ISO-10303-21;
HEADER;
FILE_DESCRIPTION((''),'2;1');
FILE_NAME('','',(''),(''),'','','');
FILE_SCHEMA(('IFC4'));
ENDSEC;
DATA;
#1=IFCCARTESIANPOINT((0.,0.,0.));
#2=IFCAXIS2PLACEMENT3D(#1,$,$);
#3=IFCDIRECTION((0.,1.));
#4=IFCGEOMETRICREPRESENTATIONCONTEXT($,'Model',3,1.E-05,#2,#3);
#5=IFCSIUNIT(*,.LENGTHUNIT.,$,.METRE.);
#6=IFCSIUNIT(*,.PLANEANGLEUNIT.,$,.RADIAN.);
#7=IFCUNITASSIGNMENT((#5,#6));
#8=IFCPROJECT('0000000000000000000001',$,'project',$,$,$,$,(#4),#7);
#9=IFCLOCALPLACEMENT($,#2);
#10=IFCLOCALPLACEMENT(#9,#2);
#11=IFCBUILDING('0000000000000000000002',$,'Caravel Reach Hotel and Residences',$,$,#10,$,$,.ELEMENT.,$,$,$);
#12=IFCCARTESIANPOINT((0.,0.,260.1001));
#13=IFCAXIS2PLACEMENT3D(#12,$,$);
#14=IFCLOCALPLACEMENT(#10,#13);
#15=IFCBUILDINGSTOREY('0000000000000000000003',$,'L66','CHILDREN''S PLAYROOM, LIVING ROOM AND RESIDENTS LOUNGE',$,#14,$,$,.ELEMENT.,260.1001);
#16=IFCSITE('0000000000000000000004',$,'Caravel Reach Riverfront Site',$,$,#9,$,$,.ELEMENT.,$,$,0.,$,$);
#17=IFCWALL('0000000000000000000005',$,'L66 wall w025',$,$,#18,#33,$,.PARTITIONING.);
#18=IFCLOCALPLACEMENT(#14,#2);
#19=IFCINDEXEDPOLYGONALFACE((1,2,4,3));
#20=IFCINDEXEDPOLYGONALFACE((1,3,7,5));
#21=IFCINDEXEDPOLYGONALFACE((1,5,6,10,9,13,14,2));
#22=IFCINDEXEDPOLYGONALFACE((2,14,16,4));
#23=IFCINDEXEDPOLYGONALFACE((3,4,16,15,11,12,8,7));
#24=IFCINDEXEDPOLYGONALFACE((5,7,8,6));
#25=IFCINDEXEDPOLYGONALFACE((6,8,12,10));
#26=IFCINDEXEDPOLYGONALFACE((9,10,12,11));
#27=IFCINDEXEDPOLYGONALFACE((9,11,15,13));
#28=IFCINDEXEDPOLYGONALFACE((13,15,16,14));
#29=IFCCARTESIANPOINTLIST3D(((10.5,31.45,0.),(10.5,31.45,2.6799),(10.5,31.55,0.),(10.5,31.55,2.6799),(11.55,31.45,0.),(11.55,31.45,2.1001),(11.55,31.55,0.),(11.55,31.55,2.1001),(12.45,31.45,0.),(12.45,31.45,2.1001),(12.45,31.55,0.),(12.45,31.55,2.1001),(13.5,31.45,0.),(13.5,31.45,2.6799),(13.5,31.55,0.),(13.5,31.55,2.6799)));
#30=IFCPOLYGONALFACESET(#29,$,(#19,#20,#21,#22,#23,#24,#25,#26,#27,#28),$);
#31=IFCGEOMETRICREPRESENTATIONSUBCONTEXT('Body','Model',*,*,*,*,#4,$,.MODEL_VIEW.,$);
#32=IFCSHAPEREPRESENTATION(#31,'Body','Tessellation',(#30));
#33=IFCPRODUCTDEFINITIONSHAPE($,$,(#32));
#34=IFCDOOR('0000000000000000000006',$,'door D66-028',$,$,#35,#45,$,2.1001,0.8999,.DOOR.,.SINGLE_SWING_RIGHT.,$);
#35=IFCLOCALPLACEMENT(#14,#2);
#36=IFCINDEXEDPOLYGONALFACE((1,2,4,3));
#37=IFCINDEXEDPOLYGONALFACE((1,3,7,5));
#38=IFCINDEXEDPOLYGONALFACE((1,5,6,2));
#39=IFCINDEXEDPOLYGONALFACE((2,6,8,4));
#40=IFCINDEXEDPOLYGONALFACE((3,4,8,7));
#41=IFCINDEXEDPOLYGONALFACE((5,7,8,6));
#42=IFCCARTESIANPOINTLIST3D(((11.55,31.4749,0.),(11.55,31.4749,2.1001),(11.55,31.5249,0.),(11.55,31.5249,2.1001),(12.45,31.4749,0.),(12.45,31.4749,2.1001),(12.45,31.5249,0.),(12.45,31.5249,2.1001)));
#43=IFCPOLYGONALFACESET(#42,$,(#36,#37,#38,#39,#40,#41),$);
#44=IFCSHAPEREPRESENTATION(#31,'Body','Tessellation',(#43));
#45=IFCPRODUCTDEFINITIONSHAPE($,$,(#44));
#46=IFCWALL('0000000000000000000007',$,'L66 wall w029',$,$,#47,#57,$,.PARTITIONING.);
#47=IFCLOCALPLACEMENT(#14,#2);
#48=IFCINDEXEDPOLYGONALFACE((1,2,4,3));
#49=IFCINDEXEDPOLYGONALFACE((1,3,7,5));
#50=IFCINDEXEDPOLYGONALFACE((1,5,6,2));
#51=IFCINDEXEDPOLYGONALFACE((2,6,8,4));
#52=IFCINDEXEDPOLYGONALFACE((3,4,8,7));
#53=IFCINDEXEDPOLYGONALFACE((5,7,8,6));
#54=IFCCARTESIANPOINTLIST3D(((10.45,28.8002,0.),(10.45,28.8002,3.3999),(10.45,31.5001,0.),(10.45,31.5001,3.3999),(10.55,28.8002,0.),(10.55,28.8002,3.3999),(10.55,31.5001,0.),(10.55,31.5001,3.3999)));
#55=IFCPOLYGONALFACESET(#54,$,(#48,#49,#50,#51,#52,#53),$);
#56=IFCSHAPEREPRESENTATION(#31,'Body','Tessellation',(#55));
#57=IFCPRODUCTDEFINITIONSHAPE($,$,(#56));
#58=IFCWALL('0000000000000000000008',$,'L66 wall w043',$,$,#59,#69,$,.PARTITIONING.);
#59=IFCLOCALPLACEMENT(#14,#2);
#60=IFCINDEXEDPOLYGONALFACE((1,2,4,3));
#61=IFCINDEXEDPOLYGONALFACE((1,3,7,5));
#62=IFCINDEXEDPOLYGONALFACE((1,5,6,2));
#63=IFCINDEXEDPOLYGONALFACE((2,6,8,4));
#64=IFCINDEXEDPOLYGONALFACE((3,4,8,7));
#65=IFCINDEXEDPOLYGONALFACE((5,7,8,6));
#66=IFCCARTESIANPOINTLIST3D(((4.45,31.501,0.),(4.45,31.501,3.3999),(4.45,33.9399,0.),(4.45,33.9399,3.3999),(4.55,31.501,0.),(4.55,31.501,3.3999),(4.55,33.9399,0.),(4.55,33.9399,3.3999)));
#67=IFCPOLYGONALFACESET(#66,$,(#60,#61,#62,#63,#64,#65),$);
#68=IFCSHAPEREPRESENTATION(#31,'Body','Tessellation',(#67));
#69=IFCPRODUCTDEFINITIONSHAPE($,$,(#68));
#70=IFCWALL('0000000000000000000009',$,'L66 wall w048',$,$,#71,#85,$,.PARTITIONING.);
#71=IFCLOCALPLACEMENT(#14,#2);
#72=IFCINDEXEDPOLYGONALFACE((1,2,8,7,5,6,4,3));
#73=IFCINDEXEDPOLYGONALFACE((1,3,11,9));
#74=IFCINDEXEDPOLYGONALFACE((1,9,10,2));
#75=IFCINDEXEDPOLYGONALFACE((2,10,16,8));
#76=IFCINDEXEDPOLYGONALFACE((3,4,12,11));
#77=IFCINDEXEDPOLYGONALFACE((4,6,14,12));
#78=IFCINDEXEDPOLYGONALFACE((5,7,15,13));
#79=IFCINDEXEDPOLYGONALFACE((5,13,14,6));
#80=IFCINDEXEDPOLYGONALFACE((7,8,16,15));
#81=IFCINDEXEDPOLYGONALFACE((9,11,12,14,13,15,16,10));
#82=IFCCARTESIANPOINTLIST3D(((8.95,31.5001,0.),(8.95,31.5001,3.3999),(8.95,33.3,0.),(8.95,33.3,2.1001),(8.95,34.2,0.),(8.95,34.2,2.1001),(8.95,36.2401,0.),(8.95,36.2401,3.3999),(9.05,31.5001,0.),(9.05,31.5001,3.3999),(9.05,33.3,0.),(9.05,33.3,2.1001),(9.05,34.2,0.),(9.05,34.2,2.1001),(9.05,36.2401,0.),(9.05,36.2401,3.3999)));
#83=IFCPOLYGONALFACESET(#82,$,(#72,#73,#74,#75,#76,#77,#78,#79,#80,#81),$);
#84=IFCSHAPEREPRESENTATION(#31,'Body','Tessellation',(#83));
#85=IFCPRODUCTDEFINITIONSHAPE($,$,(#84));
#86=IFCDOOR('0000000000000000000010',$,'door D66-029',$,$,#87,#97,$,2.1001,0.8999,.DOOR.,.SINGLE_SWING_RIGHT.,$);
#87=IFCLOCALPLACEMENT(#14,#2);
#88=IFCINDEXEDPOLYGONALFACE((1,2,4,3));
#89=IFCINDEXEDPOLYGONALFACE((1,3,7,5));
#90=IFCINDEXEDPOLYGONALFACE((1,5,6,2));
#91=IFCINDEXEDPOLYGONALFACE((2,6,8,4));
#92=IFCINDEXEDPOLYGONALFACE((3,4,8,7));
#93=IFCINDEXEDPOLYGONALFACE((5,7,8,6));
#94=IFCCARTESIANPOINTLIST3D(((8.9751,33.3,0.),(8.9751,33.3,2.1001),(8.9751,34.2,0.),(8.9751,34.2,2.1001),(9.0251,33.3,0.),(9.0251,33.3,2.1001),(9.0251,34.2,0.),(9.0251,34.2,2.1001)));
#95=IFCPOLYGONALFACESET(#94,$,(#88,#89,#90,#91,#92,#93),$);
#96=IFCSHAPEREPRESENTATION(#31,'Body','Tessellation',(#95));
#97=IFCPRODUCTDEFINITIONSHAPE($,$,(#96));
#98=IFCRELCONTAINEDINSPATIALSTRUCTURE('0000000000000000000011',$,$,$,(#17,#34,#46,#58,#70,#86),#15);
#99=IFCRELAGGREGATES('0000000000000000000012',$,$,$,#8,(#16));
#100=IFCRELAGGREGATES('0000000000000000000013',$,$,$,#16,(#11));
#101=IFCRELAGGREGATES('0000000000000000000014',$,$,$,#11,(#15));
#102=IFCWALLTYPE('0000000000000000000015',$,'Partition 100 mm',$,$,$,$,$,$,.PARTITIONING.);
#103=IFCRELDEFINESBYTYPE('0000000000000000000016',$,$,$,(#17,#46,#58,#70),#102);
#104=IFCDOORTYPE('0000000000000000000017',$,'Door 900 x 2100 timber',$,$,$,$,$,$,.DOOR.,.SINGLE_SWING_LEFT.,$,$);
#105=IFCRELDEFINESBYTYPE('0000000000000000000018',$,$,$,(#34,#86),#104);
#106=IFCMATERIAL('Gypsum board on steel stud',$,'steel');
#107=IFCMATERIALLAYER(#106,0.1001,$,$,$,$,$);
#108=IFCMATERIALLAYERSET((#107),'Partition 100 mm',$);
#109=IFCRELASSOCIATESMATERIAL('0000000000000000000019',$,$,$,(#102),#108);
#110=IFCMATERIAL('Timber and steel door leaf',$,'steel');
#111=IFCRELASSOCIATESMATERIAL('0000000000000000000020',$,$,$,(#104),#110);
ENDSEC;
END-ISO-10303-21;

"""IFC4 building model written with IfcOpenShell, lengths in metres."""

from ifc_helpers import new_model, si_unit, direction, frame, frame_2d, origin, place, context, subcontext, project, spatial, rectangle, extrude, material, layer, layer_set, type_object, element, fill, save


model = new_model("IFC4")

# Units and contexts
model_context = context("Model", 3, precision=1e-05, world=origin(), true_north=direction((0.0, 1.0)))
body_context = subcontext(model_context, "Body", "Model", "MODEL_VIEW")
ifc_project = project(units=[si_unit("LENGTHUNIT", "METRE"), si_unit("PLANEANGLEUNIT", "RADIAN")], contexts=[model_context])

# Site, building, storey
site_placement = place(None, origin())
site = spatial("IfcSite", under=ifc_project, at=site_placement, Name="Caravel Reach Riverfront Site", CompositionType="ELEMENT", RefElevation=0.0)
building_placement = place(site_placement, origin())
building = spatial("IfcBuilding", under=site, at=building_placement, Name="Caravel Reach Hotel and Residences", CompositionType="ELEMENT")
storey_placement = place(building_placement, frame((0.0, 0.0, 260.1001)))
storey = spatial("IfcBuildingStorey", under=building, at=storey_placement, Name="L66", Description="CHILDREN'S PLAYROOM, LIVING ROOM AND RESIDENTS LOUNGE", CompositionType="ELEMENT", Elevation=260.1001)

# Shared definitions
ifc_material_1 = material(Name="Gypsum board on steel stud", Category="steel")
ifc_layer_1 = layer(ifc_material_1, 0.1001)
ifc_layer_set_1 = layer_set([ifc_layer_1], Name="Partition 100 mm")
wall_type_1 = type_object("IfcWallType", Name="Partition 100 mm", PredefinedType="PARTITIONING", material=ifc_layer_set_1)

# Wall, opening, door
wall_1_placement = place(storey_placement, frame((10.5, 31.5, 0.0), z_axis=(0.0, 0.0, 1.0), x_axis=(1.0, 0.0, 0.0)))
wall_1 = element("IfcWall", 1, at=wall_1_placement, inside=storey, type_object=wall_type_1, Name="L66 wall w025", PredefinedType="PARTITIONING", context=body_context, shape_type="SweptSolid", body=[
    extrude(rectangle(XDim=3.0, YDim=0.1001, at=frame_2d((1.5, 0.0))), origin(), (0.0, 0.0, 1.0), 2.6799),
])
opening_1_placement = place(wall_1_placement, frame((1.05, 0.0, 0.0)))
opening_1 = element("IfcOpeningElement", 2, at=opening_1_placement, cuts=wall_1, PredefinedType="OPENING", context=body_context, shape_type="SweptSolid", body=[
    extrude(rectangle(XDim=0.8999, YDim=2.1001, at=frame_2d((0.45, 1.05))), frame((0.0, 0.0601, 0.0), z_axis=(0.0, -1.0, 0.0), x_axis=(1.0, 0.0, 0.0)), (0.0, 0.0, 1.0), 0.1201),
])
ifc_material_2 = material(Name="Timber and steel door leaf", Category="steel")
door_type_1 = type_object("IfcDoorType", Name="Door 900 x 2100 timber", OperationType="SINGLE_SWING_LEFT", PredefinedType="DOOR", material=ifc_material_2)
door_1_placement = place(opening_1_placement, origin())
door_1 = element("IfcDoor", 3, at=door_1_placement, inside=storey, type_object=door_type_1, Name="door D66-028", OperationType="SINGLE_SWING_RIGHT", OverallHeight=2.1001, OverallWidth=0.8999, PredefinedType="DOOR", context=body_context, shape_type="SweptSolid", body=[
    extrude(rectangle(XDim=0.8999, YDim=2.1001, at=frame_2d((0.45, 1.05))), frame((0.0, 0.0249, 0.0), z_axis=(0.0, -1.0, 0.0), x_axis=(1.0, 0.0, 0.0)), (0.0, 0.0, 1.0), 0.05),
])
fill(opening_1, door_1)

# Walls
wall_2_placement = place(storey_placement, frame((10.5, 28.8, 0.0), z_axis=(0.0, 0.0, 1.0), x_axis=(0.0, 1.0, 0.0)))
element("IfcWall", 4, at=wall_2_placement, inside=storey, type_object=wall_type_1, Name="L66 wall w029", PredefinedType="PARTITIONING", context=body_context, shape_type="SweptSolid", body=[
    extrude(rectangle(XDim=2.7, YDim=0.1001, at=frame_2d((1.3501, 0.0))), origin(), (0.0, 0.0, 1.0), 3.3999),
])
wall_3_placement = place(storey_placement, frame((4.5, 31.501, 0.0), z_axis=(0.0, 0.0, 1.0), x_axis=(0.0, 1.0, 0.0)))
element("IfcWall", 5, at=wall_3_placement, inside=storey, type_object=wall_type_1, Name="L66 wall w043", PredefinedType="PARTITIONING", context=body_context, shape_type="SweptSolid", body=[
    extrude(rectangle(XDim=2.439, YDim=0.1001, at=frame_2d((1.2195, 0.0))), origin(), (0.0, 0.0, 1.0), 3.3999),
])

# Wall, opening, door
wall_4_placement = place(storey_placement, frame((9.0, 31.5, 0.0), z_axis=(0.0, 0.0, 1.0), x_axis=(0.0, 1.0, 0.0)))
wall_4 = element("IfcWall", 6, at=wall_4_placement, inside=storey, type_object=wall_type_1, Name="L66 wall w048", PredefinedType="PARTITIONING", context=body_context, shape_type="SweptSolid", body=[
    extrude(rectangle(XDim=4.74, YDim=0.1001, at=frame_2d((2.3701, 0.0))), origin(), (0.0, 0.0, 1.0), 3.3999),
])
opening_2_placement = place(wall_4_placement, frame((1.8, 0.0, 0.0)))
opening_2 = element("IfcOpeningElement", 7, at=opening_2_placement, cuts=wall_4, PredefinedType="OPENING", context=body_context, shape_type="SweptSolid", body=[
    extrude(rectangle(XDim=0.8999, YDim=2.1001, at=frame_2d((0.45, 1.05))), frame((0.0, 0.0601, 0.0), z_axis=(0.0, -1.0, 0.0), x_axis=(1.0, 0.0, 0.0)), (0.0, 0.0, 1.0), 0.1201),
])
door_2_placement = place(opening_2_placement, origin())
door_2 = element("IfcDoor", 8, at=door_2_placement, inside=storey, type_object=door_type_1, Name="door D66-029", OperationType="SINGLE_SWING_RIGHT", OverallHeight=2.1001, OverallWidth=0.8999, PredefinedType="DOOR", context=body_context, shape_type="SweptSolid", body=[
    extrude(rectangle(XDim=0.8999, YDim=2.1001, at=frame_2d((0.45, 1.05))), frame((0.0, 0.0249, 0.0), z_axis=(0.0, -1.0, 0.0), x_axis=(1.0, 0.0, 0.0)), (0.0, 0.0, 1.0), 0.05),
])
fill(opening_2, door_2)

save(model, "model.ifc")
